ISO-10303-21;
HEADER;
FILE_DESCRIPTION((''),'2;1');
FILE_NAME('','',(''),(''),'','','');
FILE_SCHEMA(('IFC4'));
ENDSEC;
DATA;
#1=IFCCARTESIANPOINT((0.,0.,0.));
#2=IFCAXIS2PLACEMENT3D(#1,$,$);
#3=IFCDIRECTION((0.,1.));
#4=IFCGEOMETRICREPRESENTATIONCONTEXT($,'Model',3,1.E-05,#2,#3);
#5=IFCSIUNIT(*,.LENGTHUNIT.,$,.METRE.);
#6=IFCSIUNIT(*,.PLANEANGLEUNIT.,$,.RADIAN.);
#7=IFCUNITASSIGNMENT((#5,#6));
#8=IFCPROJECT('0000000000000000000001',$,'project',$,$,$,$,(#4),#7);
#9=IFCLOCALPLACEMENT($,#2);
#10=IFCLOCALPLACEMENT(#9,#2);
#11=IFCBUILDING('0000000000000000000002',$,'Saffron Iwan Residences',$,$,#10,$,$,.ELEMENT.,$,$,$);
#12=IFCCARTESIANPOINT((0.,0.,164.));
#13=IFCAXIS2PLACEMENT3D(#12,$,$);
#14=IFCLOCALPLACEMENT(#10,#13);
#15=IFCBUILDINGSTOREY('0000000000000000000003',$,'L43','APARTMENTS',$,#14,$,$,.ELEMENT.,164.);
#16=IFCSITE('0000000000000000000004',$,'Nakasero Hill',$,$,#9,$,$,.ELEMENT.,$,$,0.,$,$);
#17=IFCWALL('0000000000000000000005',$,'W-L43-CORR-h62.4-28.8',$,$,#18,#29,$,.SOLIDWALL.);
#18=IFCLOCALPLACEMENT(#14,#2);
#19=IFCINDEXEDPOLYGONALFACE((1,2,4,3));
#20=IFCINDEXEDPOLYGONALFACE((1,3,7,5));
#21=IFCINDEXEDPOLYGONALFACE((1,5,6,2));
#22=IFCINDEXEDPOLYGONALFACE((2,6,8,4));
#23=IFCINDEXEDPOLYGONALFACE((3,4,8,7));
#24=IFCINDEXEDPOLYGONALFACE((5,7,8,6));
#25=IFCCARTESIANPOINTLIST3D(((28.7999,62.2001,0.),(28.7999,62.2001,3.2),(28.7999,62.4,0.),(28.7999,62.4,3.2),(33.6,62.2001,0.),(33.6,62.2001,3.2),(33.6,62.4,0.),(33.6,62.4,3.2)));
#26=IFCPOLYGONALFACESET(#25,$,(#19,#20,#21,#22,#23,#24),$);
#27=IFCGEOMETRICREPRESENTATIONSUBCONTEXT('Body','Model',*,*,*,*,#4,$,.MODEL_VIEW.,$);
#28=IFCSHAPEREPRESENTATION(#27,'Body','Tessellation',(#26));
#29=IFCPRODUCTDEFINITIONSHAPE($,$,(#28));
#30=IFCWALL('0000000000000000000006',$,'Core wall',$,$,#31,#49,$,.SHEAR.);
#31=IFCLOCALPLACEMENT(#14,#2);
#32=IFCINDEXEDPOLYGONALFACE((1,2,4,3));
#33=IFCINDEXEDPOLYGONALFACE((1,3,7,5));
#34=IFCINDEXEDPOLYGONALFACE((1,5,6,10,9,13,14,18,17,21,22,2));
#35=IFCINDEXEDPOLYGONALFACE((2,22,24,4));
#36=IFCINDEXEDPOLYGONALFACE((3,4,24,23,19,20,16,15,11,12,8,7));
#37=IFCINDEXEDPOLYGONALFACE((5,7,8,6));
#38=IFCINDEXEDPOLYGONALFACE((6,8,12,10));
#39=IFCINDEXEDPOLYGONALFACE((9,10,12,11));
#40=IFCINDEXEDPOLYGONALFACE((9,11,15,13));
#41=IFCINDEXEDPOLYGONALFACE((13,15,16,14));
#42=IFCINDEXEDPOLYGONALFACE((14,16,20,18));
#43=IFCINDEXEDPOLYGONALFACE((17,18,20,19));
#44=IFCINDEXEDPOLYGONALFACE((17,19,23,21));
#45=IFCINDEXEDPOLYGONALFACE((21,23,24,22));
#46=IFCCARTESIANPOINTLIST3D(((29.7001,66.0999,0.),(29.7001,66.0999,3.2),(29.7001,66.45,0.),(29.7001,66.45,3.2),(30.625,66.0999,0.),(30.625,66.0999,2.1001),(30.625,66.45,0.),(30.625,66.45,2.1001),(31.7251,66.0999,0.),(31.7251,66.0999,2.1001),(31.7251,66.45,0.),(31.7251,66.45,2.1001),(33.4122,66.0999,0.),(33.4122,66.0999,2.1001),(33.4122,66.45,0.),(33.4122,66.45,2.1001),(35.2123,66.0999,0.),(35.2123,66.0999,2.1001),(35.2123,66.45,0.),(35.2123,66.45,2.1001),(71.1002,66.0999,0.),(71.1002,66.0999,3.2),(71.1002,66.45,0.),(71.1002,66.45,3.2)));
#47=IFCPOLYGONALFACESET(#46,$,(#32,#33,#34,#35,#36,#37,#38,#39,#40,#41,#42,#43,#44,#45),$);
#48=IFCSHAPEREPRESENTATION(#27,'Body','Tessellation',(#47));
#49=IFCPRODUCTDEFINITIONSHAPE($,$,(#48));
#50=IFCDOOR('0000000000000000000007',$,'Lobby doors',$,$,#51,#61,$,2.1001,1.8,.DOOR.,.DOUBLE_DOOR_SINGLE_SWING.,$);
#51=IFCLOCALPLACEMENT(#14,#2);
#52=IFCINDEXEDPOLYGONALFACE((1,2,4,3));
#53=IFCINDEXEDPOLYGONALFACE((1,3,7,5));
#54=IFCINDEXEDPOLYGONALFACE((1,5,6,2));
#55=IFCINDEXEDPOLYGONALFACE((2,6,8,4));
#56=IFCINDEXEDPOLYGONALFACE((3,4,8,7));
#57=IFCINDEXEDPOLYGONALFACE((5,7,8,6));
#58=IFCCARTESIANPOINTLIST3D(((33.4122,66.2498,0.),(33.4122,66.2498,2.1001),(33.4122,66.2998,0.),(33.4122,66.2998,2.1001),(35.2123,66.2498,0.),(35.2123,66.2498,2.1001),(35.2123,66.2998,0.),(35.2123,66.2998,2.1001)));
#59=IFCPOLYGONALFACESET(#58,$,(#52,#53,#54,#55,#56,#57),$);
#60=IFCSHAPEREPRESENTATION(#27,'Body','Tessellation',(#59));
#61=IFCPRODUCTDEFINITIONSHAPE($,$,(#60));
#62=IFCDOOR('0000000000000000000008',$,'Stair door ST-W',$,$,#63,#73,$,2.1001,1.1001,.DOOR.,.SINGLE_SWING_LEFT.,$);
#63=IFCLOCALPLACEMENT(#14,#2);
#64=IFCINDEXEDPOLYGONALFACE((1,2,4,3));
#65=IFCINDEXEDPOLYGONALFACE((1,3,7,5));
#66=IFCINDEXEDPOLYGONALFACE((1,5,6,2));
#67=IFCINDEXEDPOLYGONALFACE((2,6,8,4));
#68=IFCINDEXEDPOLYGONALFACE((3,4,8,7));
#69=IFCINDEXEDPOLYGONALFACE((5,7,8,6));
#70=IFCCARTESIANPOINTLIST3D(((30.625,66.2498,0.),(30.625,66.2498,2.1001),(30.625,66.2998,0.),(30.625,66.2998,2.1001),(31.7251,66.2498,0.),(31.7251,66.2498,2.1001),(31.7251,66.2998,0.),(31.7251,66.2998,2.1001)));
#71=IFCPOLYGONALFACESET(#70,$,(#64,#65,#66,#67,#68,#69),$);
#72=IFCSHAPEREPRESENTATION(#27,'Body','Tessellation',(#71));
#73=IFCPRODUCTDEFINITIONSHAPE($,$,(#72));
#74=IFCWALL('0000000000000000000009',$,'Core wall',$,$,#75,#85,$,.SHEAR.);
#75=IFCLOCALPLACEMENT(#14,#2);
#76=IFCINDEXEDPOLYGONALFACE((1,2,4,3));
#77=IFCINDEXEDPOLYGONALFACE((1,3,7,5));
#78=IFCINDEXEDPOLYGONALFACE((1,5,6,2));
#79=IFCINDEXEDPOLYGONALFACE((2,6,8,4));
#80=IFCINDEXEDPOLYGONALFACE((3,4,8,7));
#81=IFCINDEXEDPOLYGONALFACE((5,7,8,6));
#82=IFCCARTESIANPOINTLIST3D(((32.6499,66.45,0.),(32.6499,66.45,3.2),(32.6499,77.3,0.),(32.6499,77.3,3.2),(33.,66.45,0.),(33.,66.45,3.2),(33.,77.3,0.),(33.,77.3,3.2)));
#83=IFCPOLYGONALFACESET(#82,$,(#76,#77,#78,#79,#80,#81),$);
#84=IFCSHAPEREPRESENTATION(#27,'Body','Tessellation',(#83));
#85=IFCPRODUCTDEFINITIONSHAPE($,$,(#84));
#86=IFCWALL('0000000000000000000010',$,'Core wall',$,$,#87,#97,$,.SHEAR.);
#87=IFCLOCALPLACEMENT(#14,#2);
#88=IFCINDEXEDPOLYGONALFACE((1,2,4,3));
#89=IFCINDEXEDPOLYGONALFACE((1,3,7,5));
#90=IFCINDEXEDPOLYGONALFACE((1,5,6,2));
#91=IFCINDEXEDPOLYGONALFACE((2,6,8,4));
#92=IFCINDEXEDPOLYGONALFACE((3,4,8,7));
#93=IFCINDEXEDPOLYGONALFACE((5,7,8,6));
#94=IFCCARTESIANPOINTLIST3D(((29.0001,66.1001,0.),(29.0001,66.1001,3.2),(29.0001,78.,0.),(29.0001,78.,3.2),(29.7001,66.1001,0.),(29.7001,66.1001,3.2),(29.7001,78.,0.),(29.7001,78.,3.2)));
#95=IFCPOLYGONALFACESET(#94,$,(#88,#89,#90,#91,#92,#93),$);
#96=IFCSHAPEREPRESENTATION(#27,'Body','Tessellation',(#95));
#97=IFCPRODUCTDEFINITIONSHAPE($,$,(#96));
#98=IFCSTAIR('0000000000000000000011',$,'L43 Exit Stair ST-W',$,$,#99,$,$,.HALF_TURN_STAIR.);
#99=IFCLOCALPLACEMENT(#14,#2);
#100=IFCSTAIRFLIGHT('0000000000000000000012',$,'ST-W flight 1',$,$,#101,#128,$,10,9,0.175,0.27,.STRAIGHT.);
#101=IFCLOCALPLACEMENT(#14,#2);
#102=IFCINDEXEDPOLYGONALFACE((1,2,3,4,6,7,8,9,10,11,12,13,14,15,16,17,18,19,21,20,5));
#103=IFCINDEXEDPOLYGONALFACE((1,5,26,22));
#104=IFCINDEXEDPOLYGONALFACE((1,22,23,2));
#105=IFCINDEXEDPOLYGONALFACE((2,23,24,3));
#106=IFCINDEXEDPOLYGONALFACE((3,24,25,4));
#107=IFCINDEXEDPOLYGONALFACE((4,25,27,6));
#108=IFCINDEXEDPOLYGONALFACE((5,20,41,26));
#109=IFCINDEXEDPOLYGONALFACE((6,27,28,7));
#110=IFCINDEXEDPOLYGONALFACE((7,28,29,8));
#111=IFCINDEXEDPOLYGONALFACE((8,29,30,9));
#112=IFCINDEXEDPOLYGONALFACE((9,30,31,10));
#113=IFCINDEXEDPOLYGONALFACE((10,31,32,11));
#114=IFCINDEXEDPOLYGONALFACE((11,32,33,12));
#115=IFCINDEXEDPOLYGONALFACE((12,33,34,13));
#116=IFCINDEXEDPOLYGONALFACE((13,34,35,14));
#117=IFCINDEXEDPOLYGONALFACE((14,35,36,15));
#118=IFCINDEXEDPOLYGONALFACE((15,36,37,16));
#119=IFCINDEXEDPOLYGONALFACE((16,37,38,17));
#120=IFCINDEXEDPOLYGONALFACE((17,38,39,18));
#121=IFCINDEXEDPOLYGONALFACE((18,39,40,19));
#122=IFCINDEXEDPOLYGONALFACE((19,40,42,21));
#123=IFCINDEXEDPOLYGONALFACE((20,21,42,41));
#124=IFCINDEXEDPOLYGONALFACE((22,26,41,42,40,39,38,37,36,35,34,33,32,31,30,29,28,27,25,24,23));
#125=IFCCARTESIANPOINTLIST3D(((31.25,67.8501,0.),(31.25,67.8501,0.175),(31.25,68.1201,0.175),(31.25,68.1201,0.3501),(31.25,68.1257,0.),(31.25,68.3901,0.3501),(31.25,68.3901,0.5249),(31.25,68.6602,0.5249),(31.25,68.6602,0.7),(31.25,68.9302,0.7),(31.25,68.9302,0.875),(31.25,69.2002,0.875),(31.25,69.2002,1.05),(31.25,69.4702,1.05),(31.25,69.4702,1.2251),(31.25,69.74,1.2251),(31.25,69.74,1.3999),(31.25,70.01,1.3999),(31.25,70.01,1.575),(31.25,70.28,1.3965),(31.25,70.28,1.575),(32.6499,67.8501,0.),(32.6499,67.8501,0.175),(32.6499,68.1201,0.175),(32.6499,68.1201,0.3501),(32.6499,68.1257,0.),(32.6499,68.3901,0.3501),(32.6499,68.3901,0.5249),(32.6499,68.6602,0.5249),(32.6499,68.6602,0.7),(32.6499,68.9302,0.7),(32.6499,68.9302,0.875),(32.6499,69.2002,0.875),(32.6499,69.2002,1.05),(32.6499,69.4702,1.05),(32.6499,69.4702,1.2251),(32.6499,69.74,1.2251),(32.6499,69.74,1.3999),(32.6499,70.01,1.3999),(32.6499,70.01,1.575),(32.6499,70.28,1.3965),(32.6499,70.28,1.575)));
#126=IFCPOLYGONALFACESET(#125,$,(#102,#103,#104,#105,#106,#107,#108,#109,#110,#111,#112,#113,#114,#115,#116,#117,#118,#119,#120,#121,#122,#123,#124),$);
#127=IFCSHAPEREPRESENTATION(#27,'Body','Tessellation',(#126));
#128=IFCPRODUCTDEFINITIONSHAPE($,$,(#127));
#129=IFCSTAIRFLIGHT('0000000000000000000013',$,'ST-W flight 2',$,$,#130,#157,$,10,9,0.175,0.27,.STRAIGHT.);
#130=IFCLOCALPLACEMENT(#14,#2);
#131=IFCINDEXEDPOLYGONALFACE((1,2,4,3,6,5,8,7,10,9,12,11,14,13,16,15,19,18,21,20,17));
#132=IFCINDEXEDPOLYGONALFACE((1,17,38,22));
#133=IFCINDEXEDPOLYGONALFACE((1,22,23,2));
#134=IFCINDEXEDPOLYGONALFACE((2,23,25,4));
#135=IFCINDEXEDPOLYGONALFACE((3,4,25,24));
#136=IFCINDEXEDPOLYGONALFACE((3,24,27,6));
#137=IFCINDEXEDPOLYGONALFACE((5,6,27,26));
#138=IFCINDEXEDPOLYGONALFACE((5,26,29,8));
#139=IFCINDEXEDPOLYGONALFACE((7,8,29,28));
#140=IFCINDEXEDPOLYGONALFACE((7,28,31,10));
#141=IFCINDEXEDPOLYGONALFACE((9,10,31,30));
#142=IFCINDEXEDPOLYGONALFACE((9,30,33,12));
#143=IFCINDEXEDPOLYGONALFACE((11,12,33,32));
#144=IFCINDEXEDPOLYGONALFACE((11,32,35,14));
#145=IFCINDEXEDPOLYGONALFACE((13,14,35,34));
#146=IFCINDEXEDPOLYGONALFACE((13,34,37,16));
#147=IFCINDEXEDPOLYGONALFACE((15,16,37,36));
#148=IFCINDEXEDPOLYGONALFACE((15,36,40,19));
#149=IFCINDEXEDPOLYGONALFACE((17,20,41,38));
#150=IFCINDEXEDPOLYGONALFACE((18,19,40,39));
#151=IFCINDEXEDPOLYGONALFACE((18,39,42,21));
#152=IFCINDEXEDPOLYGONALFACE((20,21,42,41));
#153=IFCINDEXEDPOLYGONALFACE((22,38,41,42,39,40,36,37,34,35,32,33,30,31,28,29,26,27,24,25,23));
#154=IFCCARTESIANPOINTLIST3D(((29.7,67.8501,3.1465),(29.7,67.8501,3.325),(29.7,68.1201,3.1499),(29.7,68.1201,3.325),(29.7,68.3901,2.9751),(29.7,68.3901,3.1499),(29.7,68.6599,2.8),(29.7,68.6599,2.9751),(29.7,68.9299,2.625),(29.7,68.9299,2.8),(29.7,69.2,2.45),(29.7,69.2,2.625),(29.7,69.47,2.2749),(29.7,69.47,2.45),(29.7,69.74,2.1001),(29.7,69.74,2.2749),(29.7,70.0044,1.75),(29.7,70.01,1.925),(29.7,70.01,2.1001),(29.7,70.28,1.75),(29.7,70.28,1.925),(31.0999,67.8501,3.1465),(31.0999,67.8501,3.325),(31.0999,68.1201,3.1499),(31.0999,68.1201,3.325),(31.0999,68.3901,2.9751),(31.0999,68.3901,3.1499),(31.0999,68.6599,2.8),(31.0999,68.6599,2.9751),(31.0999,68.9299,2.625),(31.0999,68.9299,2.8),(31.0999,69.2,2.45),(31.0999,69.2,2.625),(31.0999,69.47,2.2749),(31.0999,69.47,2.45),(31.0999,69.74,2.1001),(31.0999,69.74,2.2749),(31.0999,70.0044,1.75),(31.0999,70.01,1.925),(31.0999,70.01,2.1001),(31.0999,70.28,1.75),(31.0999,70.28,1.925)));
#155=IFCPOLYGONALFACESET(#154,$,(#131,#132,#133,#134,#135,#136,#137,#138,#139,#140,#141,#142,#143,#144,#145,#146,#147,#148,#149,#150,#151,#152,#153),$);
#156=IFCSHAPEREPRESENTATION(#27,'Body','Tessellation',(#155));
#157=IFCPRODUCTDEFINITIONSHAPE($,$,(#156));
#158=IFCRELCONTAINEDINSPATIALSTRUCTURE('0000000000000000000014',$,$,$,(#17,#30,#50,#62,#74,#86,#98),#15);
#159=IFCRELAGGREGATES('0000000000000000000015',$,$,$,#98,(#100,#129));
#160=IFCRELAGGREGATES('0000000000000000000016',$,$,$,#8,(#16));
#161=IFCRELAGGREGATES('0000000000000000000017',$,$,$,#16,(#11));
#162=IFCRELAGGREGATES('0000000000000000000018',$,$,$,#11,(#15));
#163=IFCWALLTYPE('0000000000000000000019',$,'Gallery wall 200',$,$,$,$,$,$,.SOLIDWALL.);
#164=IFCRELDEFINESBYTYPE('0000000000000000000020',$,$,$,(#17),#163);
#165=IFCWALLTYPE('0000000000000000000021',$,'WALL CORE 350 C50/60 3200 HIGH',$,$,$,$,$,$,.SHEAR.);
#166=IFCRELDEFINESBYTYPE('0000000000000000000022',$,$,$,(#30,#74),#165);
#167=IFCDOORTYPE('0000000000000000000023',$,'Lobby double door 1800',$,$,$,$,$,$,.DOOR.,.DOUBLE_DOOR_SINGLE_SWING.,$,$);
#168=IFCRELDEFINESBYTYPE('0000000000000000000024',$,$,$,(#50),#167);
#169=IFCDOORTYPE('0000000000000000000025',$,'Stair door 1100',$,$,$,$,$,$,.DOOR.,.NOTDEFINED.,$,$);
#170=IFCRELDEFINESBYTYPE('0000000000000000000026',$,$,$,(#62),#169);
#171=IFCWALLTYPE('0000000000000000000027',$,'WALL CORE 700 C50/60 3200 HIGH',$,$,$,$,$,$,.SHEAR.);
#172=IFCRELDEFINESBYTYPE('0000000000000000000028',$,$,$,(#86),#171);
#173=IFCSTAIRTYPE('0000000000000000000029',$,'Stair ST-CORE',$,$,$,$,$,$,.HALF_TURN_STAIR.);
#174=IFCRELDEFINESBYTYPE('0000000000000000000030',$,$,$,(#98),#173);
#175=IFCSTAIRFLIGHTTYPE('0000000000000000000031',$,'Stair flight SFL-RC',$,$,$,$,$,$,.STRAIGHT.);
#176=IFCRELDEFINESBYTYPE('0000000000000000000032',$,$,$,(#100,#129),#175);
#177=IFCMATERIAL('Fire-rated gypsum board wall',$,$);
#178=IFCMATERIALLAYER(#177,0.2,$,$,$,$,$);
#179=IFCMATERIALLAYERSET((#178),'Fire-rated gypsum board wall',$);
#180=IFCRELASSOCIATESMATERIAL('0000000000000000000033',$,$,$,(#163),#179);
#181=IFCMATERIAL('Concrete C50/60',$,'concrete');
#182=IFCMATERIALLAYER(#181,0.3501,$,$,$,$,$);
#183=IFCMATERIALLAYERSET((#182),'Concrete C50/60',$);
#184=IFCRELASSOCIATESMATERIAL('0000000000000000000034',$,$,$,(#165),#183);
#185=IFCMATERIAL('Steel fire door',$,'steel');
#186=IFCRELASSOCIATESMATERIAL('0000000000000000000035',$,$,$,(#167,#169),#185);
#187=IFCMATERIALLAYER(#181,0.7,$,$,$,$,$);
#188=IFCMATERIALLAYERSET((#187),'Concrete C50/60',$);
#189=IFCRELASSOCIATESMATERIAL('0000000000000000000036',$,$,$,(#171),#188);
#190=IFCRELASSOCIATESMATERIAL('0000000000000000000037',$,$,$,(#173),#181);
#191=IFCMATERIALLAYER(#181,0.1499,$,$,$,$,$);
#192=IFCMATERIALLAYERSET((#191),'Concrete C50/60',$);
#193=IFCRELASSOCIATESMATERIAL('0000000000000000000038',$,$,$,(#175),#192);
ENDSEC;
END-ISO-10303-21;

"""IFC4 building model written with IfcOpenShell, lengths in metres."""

from ifc_helpers import new_model, si_unit, direction, frame, frame_2d, origin, place, context, subcontext, project, spatial, polyline, rectangle, outline, extrude, material, layer, layer_set, type_object, element, fill, aggregate, save


model = new_model("IFC4")

# Units and contexts
model_context = context("Model", 3, precision=1e-05, world=origin(), true_north=direction((0.0, 1.0)))
body_context = subcontext(model_context, "Body", "Model", "MODEL_VIEW")
ifc_project = project(units=[si_unit("LENGTHUNIT", "METRE"), si_unit("PLANEANGLEUNIT", "RADIAN")], contexts=[model_context])

# Site, building, storey
site_placement = place(None, origin())
site = spatial("IfcSite", under=ifc_project, at=site_placement, Name="Nakasero Hill", CompositionType="ELEMENT", RefElevation=0.0)
building_placement = place(site_placement, origin())
building = spatial("IfcBuilding", under=site, at=building_placement, Name="Saffron Iwan Residences", CompositionType="ELEMENT")
storey_placement = place(building_placement, frame((0.0, 0.0, 164.0)))
storey = spatial("IfcBuildingStorey", under=building, at=storey_placement, Name="L43", Description="APARTMENTS", CompositionType="ELEMENT", Elevation=164.0)

# Wall
ifc_material_1 = material(Name="Fire-rated gypsum board wall")
ifc_layer_1 = layer(ifc_material_1, 0.2)
ifc_layer_set_1 = layer_set([ifc_layer_1], Name="Fire-rated gypsum board wall")
wall_type_1 = type_object("IfcWallType", Name="Gallery wall 200", PredefinedType="SOLIDWALL", material=ifc_layer_set_1)
wall_1_placement = place(storey_placement, frame((28.8, 62.3, 0.0), z_axis=(0.0, 0.0, 1.0), x_axis=(1.0, 0.0, 0.0)))
element("IfcWall", 1, at=wall_1_placement, inside=storey, type_object=wall_type_1, Name="W-L43-CORR-h62.4-28.8", PredefinedType="SOLIDWALL", context=body_context, shape_type="SweptSolid", body=[
    extrude(rectangle(XDim=4.8, YDim=0.2, at=frame_2d((2.3999, 0.0))), origin(), (0.0, 0.0, 1.0), 3.2),
])

# Wall, openings, doors
ifc_material_2 = material(Name="Concrete C50/60", Category="concrete")
ifc_layer_2 = layer(ifc_material_2, 0.3501)
ifc_layer_set_2 = layer_set([ifc_layer_2], Name="Concrete C50/60")
wall_type_2 = type_object("IfcWallType", Name="WALL CORE 350 C50/60 3200 HIGH", PredefinedType="SHEAR", material=ifc_layer_set_2)
wall_2_placement = place(storey_placement, frame((29.7, 66.2749, 0.0), z_axis=(0.0, 0.0, 1.0), x_axis=(1.0, 0.0, 0.0)))
wall_2 = element("IfcWall", 2, at=wall_2_placement, inside=storey, type_object=wall_type_2, Name="Core wall", PredefinedType="SHEAR", context=body_context, shape_type="SweptSolid", body=[
    extrude(rectangle(XDim=41.4001, YDim=0.3501, at=frame_2d((20.7002, 0.0))), origin(), (0.0, 0.0, 1.0), 3.2),
])
opening_1_placement = place(wall_2_placement, frame((0.925, 0.0, 0.0)))
opening_1 = element("IfcOpeningElement", 3, at=opening_1_placement, cuts=wall_2, PredefinedType="OPENING", context=body_context, shape_type="SweptSolid", body=[
    extrude(rectangle(XDim=1.1001, YDim=2.1001, at=frame_2d((0.55, 1.05))), frame((0.0, 0.1851, 0.0), z_axis=(0.0, -1.0, 0.0), x_axis=(1.0, 0.0, 0.0)), (0.0, 0.0, 1.0), 0.3701),
])
opening_2_placement = place(wall_2_placement, frame((3.7124, 0.0, 0.0)))
opening_2 = element("IfcOpeningElement", 4, at=opening_2_placement, cuts=wall_2, PredefinedType="OPENING", context=body_context, shape_type="SweptSolid", body=[
    extrude(rectangle(XDim=1.8, YDim=2.1001, at=frame_2d((0.8999, 1.05))), frame((0.0, 0.1851, 0.0), z_axis=(0.0, -1.0, 0.0), x_axis=(1.0, 0.0, 0.0)), (0.0, 0.0, 1.0), 0.3701),
])
ifc_material_3 = material(Name="Steel fire door", Category="steel")
door_type_1 = type_object("IfcDoorType", Name="Lobby double door 1800", OperationType="DOUBLE_DOOR_SINGLE_SWING", PredefinedType="DOOR", material=ifc_material_3)
door_1_placement = place(opening_2_placement, origin())
door_1 = element("IfcDoor", 5, at=door_1_placement, inside=storey, type_object=door_type_1, Name="Lobby doors", OperationType="DOUBLE_DOOR_SINGLE_SWING", OverallHeight=2.1001, OverallWidth=1.8, PredefinedType="DOOR", context=body_context, shape_type="SweptSolid", body=[
    extrude(rectangle(XDim=1.8, YDim=2.1001, at=frame_2d((0.8999, 1.05))), frame((0.0, 0.0249, 0.0), z_axis=(0.0, -1.0, 0.0), x_axis=(1.0, 0.0, 0.0)), (0.0, 0.0, 1.0), 0.05),
])
fill(opening_2, door_1)
door_type_2 = type_object("IfcDoorType", Name="Stair door 1100", OperationType="NOTDEFINED", PredefinedType="DOOR", material=ifc_material_3)
door_2_placement = place(opening_1_placement, origin())
door_2 = element("IfcDoor", 6, at=door_2_placement, inside=storey, type_object=door_type_2, Name="Stair door ST-W", OperationType="SINGLE_SWING_LEFT", OverallHeight=2.1001, OverallWidth=1.1001, PredefinedType="DOOR", context=body_context, shape_type="SweptSolid", body=[
    extrude(rectangle(XDim=1.1001, YDim=2.1001, at=frame_2d((0.55, 1.05))), frame((0.0, 0.0249, 0.0), z_axis=(0.0, -1.0, 0.0), x_axis=(1.0, 0.0, 0.0)), (0.0, 0.0, 1.0), 0.05),
])
fill(opening_1, door_2)

# Walls
wall_3_placement = place(storey_placement, frame((32.825, 66.45, 0.0), z_axis=(0.0, 0.0, 1.0), x_axis=(0.0, 1.0, 0.0)))
element("IfcWall", 7, at=wall_3_placement, inside=storey, type_object=wall_type_2, Name="Core wall", PredefinedType="SHEAR", context=body_context, shape_type="SweptSolid", body=[
    extrude(rectangle(XDim=10.8501, YDim=0.3501, at=frame_2d((5.425, 0.0))), origin(), (0.0, 0.0, 1.0), 3.2),
])
ifc_layer_3 = layer(ifc_material_2, 0.7)
ifc_layer_set_3 = layer_set([ifc_layer_3], Name="Concrete C50/60")
wall_type_3 = type_object("IfcWallType", Name="WALL CORE 700 C50/60 3200 HIGH", PredefinedType="SHEAR", material=ifc_layer_set_3)
wall_4_placement = place(storey_placement, frame((29.3501, 66.1001, 0.0), z_axis=(0.0, 0.0, 1.0), x_axis=(0.0, 1.0, 0.0)))
element("IfcWall", 8, at=wall_4_placement, inside=storey, type_object=wall_type_3, Name="Core wall", PredefinedType="SHEAR", context=body_context, shape_type="SweptSolid", body=[
    extrude(rectangle(XDim=11.8999, YDim=0.7, at=frame_2d((5.95, 0.0))), origin(), (0.0, 0.0, 1.0), 3.2),
])

# Stair, stair flights
stair_type = type_object("IfcStairType", Name="Stair ST-CORE", PredefinedType="HALF_TURN_STAIR", material=ifc_material_2)
stair_placement = place(storey_placement, origin())
stair = element("IfcStair", 9, at=stair_placement, inside=storey, type_object=stair_type, Name="L43 Exit Stair ST-W", PredefinedType="HALF_TURN_STAIR")
ifc_layer_4 = layer(ifc_material_2, 0.1499)
ifc_layer_set_4 = layer_set([ifc_layer_4], Name="Concrete C50/60")
stair_flight_type = type_object("IfcStairFlightType", Name="Stair flight SFL-RC", PredefinedType="STRAIGHT", material=ifc_layer_set_4)
stair_flight_1_placement = place(storey_placement, frame((31.95, 67.8501, 0.0), z_axis=(0.0, 0.0, 1.0), x_axis=(0.0, 1.0, 0.0)))
stair_flight_1 = element("IfcStairFlight", 10, at=stair_flight_1_placement, type_object=stair_flight_type, Name="ST-W flight 1", NumberOfRisers=10, NumberOfTreads=9, PredefinedType="STRAIGHT", RiserHeight=0.175, TreadLength=0.27, context=body_context, shape_type="SweptSolid", body=[
    extrude(outline(polyline([(0.0, 0.0), (0.0, 0.175), (0.27, 0.175), (0.27, 0.3501), (0.54, 0.3501), (0.54, 0.5249), (0.8101, 0.5249), (0.8101, 0.7), (1.0801, 0.7), (1.0801, 0.875), (1.3501, 0.875), (1.3501, 1.05), (1.6201, 1.05), (1.6201, 1.2251), (1.8899, 1.2251), (1.8899, 1.3999), (2.1599, 1.3999), (2.1599, 1.575), (2.4299, 1.575), (2.4299, 1.75), (2.4299, 1.3965), (0.2756, 0.0), (0.0, 0.0)])), frame((0.0, 0.7, 0.0), z_axis=(0.0, -1.0, 0.0), x_axis=(1.0, 0.0, 0.0)), (0.0, 0.0, 1.0), 1.3999),
])
stair_flight_2_placement = place(storey_placement, frame((30.3999, 70.28, 1.75), z_axis=(0.0, 0.0, 1.0), x_axis=(0.0, -1.0, 0.0)))
stair_flight_2 = element("IfcStairFlight", 11, at=stair_flight_2_placement, type_object=stair_flight_type, Name="ST-W flight 2", NumberOfRisers=10, NumberOfTreads=9, PredefinedType="STRAIGHT", RiserHeight=0.175, TreadLength=0.27, context=body_context, shape_type="SweptSolid", body=[
    extrude(outline(polyline([(0.0, 0.0), (0.0, 0.175), (0.27, 0.175), (0.27, 0.3501), (0.54, 0.3501), (0.54, 0.5249), (0.8101, 0.5249), (0.8101, 0.7), (1.0801, 0.7), (1.0801, 0.875), (1.3501, 0.875), (1.3501, 1.05), (1.6201, 1.05), (1.6201, 1.2251), (1.8899, 1.2251), (1.8899, 1.3999), (2.1599, 1.3999), (2.1599, 1.575), (2.4299, 1.575), (2.4299, 1.75), (2.4299, 1.3965), (0.2756, 0.0), (0.0, 0.0)])), frame((0.0, 0.7, 0.0), z_axis=(0.0, -1.0, 0.0), x_axis=(1.0, 0.0, 0.0)), (0.0, 0.0, 1.0), 1.3999),
])
aggregate(stair, [stair_flight_1, stair_flight_2])

save(model, "model.ifc")
